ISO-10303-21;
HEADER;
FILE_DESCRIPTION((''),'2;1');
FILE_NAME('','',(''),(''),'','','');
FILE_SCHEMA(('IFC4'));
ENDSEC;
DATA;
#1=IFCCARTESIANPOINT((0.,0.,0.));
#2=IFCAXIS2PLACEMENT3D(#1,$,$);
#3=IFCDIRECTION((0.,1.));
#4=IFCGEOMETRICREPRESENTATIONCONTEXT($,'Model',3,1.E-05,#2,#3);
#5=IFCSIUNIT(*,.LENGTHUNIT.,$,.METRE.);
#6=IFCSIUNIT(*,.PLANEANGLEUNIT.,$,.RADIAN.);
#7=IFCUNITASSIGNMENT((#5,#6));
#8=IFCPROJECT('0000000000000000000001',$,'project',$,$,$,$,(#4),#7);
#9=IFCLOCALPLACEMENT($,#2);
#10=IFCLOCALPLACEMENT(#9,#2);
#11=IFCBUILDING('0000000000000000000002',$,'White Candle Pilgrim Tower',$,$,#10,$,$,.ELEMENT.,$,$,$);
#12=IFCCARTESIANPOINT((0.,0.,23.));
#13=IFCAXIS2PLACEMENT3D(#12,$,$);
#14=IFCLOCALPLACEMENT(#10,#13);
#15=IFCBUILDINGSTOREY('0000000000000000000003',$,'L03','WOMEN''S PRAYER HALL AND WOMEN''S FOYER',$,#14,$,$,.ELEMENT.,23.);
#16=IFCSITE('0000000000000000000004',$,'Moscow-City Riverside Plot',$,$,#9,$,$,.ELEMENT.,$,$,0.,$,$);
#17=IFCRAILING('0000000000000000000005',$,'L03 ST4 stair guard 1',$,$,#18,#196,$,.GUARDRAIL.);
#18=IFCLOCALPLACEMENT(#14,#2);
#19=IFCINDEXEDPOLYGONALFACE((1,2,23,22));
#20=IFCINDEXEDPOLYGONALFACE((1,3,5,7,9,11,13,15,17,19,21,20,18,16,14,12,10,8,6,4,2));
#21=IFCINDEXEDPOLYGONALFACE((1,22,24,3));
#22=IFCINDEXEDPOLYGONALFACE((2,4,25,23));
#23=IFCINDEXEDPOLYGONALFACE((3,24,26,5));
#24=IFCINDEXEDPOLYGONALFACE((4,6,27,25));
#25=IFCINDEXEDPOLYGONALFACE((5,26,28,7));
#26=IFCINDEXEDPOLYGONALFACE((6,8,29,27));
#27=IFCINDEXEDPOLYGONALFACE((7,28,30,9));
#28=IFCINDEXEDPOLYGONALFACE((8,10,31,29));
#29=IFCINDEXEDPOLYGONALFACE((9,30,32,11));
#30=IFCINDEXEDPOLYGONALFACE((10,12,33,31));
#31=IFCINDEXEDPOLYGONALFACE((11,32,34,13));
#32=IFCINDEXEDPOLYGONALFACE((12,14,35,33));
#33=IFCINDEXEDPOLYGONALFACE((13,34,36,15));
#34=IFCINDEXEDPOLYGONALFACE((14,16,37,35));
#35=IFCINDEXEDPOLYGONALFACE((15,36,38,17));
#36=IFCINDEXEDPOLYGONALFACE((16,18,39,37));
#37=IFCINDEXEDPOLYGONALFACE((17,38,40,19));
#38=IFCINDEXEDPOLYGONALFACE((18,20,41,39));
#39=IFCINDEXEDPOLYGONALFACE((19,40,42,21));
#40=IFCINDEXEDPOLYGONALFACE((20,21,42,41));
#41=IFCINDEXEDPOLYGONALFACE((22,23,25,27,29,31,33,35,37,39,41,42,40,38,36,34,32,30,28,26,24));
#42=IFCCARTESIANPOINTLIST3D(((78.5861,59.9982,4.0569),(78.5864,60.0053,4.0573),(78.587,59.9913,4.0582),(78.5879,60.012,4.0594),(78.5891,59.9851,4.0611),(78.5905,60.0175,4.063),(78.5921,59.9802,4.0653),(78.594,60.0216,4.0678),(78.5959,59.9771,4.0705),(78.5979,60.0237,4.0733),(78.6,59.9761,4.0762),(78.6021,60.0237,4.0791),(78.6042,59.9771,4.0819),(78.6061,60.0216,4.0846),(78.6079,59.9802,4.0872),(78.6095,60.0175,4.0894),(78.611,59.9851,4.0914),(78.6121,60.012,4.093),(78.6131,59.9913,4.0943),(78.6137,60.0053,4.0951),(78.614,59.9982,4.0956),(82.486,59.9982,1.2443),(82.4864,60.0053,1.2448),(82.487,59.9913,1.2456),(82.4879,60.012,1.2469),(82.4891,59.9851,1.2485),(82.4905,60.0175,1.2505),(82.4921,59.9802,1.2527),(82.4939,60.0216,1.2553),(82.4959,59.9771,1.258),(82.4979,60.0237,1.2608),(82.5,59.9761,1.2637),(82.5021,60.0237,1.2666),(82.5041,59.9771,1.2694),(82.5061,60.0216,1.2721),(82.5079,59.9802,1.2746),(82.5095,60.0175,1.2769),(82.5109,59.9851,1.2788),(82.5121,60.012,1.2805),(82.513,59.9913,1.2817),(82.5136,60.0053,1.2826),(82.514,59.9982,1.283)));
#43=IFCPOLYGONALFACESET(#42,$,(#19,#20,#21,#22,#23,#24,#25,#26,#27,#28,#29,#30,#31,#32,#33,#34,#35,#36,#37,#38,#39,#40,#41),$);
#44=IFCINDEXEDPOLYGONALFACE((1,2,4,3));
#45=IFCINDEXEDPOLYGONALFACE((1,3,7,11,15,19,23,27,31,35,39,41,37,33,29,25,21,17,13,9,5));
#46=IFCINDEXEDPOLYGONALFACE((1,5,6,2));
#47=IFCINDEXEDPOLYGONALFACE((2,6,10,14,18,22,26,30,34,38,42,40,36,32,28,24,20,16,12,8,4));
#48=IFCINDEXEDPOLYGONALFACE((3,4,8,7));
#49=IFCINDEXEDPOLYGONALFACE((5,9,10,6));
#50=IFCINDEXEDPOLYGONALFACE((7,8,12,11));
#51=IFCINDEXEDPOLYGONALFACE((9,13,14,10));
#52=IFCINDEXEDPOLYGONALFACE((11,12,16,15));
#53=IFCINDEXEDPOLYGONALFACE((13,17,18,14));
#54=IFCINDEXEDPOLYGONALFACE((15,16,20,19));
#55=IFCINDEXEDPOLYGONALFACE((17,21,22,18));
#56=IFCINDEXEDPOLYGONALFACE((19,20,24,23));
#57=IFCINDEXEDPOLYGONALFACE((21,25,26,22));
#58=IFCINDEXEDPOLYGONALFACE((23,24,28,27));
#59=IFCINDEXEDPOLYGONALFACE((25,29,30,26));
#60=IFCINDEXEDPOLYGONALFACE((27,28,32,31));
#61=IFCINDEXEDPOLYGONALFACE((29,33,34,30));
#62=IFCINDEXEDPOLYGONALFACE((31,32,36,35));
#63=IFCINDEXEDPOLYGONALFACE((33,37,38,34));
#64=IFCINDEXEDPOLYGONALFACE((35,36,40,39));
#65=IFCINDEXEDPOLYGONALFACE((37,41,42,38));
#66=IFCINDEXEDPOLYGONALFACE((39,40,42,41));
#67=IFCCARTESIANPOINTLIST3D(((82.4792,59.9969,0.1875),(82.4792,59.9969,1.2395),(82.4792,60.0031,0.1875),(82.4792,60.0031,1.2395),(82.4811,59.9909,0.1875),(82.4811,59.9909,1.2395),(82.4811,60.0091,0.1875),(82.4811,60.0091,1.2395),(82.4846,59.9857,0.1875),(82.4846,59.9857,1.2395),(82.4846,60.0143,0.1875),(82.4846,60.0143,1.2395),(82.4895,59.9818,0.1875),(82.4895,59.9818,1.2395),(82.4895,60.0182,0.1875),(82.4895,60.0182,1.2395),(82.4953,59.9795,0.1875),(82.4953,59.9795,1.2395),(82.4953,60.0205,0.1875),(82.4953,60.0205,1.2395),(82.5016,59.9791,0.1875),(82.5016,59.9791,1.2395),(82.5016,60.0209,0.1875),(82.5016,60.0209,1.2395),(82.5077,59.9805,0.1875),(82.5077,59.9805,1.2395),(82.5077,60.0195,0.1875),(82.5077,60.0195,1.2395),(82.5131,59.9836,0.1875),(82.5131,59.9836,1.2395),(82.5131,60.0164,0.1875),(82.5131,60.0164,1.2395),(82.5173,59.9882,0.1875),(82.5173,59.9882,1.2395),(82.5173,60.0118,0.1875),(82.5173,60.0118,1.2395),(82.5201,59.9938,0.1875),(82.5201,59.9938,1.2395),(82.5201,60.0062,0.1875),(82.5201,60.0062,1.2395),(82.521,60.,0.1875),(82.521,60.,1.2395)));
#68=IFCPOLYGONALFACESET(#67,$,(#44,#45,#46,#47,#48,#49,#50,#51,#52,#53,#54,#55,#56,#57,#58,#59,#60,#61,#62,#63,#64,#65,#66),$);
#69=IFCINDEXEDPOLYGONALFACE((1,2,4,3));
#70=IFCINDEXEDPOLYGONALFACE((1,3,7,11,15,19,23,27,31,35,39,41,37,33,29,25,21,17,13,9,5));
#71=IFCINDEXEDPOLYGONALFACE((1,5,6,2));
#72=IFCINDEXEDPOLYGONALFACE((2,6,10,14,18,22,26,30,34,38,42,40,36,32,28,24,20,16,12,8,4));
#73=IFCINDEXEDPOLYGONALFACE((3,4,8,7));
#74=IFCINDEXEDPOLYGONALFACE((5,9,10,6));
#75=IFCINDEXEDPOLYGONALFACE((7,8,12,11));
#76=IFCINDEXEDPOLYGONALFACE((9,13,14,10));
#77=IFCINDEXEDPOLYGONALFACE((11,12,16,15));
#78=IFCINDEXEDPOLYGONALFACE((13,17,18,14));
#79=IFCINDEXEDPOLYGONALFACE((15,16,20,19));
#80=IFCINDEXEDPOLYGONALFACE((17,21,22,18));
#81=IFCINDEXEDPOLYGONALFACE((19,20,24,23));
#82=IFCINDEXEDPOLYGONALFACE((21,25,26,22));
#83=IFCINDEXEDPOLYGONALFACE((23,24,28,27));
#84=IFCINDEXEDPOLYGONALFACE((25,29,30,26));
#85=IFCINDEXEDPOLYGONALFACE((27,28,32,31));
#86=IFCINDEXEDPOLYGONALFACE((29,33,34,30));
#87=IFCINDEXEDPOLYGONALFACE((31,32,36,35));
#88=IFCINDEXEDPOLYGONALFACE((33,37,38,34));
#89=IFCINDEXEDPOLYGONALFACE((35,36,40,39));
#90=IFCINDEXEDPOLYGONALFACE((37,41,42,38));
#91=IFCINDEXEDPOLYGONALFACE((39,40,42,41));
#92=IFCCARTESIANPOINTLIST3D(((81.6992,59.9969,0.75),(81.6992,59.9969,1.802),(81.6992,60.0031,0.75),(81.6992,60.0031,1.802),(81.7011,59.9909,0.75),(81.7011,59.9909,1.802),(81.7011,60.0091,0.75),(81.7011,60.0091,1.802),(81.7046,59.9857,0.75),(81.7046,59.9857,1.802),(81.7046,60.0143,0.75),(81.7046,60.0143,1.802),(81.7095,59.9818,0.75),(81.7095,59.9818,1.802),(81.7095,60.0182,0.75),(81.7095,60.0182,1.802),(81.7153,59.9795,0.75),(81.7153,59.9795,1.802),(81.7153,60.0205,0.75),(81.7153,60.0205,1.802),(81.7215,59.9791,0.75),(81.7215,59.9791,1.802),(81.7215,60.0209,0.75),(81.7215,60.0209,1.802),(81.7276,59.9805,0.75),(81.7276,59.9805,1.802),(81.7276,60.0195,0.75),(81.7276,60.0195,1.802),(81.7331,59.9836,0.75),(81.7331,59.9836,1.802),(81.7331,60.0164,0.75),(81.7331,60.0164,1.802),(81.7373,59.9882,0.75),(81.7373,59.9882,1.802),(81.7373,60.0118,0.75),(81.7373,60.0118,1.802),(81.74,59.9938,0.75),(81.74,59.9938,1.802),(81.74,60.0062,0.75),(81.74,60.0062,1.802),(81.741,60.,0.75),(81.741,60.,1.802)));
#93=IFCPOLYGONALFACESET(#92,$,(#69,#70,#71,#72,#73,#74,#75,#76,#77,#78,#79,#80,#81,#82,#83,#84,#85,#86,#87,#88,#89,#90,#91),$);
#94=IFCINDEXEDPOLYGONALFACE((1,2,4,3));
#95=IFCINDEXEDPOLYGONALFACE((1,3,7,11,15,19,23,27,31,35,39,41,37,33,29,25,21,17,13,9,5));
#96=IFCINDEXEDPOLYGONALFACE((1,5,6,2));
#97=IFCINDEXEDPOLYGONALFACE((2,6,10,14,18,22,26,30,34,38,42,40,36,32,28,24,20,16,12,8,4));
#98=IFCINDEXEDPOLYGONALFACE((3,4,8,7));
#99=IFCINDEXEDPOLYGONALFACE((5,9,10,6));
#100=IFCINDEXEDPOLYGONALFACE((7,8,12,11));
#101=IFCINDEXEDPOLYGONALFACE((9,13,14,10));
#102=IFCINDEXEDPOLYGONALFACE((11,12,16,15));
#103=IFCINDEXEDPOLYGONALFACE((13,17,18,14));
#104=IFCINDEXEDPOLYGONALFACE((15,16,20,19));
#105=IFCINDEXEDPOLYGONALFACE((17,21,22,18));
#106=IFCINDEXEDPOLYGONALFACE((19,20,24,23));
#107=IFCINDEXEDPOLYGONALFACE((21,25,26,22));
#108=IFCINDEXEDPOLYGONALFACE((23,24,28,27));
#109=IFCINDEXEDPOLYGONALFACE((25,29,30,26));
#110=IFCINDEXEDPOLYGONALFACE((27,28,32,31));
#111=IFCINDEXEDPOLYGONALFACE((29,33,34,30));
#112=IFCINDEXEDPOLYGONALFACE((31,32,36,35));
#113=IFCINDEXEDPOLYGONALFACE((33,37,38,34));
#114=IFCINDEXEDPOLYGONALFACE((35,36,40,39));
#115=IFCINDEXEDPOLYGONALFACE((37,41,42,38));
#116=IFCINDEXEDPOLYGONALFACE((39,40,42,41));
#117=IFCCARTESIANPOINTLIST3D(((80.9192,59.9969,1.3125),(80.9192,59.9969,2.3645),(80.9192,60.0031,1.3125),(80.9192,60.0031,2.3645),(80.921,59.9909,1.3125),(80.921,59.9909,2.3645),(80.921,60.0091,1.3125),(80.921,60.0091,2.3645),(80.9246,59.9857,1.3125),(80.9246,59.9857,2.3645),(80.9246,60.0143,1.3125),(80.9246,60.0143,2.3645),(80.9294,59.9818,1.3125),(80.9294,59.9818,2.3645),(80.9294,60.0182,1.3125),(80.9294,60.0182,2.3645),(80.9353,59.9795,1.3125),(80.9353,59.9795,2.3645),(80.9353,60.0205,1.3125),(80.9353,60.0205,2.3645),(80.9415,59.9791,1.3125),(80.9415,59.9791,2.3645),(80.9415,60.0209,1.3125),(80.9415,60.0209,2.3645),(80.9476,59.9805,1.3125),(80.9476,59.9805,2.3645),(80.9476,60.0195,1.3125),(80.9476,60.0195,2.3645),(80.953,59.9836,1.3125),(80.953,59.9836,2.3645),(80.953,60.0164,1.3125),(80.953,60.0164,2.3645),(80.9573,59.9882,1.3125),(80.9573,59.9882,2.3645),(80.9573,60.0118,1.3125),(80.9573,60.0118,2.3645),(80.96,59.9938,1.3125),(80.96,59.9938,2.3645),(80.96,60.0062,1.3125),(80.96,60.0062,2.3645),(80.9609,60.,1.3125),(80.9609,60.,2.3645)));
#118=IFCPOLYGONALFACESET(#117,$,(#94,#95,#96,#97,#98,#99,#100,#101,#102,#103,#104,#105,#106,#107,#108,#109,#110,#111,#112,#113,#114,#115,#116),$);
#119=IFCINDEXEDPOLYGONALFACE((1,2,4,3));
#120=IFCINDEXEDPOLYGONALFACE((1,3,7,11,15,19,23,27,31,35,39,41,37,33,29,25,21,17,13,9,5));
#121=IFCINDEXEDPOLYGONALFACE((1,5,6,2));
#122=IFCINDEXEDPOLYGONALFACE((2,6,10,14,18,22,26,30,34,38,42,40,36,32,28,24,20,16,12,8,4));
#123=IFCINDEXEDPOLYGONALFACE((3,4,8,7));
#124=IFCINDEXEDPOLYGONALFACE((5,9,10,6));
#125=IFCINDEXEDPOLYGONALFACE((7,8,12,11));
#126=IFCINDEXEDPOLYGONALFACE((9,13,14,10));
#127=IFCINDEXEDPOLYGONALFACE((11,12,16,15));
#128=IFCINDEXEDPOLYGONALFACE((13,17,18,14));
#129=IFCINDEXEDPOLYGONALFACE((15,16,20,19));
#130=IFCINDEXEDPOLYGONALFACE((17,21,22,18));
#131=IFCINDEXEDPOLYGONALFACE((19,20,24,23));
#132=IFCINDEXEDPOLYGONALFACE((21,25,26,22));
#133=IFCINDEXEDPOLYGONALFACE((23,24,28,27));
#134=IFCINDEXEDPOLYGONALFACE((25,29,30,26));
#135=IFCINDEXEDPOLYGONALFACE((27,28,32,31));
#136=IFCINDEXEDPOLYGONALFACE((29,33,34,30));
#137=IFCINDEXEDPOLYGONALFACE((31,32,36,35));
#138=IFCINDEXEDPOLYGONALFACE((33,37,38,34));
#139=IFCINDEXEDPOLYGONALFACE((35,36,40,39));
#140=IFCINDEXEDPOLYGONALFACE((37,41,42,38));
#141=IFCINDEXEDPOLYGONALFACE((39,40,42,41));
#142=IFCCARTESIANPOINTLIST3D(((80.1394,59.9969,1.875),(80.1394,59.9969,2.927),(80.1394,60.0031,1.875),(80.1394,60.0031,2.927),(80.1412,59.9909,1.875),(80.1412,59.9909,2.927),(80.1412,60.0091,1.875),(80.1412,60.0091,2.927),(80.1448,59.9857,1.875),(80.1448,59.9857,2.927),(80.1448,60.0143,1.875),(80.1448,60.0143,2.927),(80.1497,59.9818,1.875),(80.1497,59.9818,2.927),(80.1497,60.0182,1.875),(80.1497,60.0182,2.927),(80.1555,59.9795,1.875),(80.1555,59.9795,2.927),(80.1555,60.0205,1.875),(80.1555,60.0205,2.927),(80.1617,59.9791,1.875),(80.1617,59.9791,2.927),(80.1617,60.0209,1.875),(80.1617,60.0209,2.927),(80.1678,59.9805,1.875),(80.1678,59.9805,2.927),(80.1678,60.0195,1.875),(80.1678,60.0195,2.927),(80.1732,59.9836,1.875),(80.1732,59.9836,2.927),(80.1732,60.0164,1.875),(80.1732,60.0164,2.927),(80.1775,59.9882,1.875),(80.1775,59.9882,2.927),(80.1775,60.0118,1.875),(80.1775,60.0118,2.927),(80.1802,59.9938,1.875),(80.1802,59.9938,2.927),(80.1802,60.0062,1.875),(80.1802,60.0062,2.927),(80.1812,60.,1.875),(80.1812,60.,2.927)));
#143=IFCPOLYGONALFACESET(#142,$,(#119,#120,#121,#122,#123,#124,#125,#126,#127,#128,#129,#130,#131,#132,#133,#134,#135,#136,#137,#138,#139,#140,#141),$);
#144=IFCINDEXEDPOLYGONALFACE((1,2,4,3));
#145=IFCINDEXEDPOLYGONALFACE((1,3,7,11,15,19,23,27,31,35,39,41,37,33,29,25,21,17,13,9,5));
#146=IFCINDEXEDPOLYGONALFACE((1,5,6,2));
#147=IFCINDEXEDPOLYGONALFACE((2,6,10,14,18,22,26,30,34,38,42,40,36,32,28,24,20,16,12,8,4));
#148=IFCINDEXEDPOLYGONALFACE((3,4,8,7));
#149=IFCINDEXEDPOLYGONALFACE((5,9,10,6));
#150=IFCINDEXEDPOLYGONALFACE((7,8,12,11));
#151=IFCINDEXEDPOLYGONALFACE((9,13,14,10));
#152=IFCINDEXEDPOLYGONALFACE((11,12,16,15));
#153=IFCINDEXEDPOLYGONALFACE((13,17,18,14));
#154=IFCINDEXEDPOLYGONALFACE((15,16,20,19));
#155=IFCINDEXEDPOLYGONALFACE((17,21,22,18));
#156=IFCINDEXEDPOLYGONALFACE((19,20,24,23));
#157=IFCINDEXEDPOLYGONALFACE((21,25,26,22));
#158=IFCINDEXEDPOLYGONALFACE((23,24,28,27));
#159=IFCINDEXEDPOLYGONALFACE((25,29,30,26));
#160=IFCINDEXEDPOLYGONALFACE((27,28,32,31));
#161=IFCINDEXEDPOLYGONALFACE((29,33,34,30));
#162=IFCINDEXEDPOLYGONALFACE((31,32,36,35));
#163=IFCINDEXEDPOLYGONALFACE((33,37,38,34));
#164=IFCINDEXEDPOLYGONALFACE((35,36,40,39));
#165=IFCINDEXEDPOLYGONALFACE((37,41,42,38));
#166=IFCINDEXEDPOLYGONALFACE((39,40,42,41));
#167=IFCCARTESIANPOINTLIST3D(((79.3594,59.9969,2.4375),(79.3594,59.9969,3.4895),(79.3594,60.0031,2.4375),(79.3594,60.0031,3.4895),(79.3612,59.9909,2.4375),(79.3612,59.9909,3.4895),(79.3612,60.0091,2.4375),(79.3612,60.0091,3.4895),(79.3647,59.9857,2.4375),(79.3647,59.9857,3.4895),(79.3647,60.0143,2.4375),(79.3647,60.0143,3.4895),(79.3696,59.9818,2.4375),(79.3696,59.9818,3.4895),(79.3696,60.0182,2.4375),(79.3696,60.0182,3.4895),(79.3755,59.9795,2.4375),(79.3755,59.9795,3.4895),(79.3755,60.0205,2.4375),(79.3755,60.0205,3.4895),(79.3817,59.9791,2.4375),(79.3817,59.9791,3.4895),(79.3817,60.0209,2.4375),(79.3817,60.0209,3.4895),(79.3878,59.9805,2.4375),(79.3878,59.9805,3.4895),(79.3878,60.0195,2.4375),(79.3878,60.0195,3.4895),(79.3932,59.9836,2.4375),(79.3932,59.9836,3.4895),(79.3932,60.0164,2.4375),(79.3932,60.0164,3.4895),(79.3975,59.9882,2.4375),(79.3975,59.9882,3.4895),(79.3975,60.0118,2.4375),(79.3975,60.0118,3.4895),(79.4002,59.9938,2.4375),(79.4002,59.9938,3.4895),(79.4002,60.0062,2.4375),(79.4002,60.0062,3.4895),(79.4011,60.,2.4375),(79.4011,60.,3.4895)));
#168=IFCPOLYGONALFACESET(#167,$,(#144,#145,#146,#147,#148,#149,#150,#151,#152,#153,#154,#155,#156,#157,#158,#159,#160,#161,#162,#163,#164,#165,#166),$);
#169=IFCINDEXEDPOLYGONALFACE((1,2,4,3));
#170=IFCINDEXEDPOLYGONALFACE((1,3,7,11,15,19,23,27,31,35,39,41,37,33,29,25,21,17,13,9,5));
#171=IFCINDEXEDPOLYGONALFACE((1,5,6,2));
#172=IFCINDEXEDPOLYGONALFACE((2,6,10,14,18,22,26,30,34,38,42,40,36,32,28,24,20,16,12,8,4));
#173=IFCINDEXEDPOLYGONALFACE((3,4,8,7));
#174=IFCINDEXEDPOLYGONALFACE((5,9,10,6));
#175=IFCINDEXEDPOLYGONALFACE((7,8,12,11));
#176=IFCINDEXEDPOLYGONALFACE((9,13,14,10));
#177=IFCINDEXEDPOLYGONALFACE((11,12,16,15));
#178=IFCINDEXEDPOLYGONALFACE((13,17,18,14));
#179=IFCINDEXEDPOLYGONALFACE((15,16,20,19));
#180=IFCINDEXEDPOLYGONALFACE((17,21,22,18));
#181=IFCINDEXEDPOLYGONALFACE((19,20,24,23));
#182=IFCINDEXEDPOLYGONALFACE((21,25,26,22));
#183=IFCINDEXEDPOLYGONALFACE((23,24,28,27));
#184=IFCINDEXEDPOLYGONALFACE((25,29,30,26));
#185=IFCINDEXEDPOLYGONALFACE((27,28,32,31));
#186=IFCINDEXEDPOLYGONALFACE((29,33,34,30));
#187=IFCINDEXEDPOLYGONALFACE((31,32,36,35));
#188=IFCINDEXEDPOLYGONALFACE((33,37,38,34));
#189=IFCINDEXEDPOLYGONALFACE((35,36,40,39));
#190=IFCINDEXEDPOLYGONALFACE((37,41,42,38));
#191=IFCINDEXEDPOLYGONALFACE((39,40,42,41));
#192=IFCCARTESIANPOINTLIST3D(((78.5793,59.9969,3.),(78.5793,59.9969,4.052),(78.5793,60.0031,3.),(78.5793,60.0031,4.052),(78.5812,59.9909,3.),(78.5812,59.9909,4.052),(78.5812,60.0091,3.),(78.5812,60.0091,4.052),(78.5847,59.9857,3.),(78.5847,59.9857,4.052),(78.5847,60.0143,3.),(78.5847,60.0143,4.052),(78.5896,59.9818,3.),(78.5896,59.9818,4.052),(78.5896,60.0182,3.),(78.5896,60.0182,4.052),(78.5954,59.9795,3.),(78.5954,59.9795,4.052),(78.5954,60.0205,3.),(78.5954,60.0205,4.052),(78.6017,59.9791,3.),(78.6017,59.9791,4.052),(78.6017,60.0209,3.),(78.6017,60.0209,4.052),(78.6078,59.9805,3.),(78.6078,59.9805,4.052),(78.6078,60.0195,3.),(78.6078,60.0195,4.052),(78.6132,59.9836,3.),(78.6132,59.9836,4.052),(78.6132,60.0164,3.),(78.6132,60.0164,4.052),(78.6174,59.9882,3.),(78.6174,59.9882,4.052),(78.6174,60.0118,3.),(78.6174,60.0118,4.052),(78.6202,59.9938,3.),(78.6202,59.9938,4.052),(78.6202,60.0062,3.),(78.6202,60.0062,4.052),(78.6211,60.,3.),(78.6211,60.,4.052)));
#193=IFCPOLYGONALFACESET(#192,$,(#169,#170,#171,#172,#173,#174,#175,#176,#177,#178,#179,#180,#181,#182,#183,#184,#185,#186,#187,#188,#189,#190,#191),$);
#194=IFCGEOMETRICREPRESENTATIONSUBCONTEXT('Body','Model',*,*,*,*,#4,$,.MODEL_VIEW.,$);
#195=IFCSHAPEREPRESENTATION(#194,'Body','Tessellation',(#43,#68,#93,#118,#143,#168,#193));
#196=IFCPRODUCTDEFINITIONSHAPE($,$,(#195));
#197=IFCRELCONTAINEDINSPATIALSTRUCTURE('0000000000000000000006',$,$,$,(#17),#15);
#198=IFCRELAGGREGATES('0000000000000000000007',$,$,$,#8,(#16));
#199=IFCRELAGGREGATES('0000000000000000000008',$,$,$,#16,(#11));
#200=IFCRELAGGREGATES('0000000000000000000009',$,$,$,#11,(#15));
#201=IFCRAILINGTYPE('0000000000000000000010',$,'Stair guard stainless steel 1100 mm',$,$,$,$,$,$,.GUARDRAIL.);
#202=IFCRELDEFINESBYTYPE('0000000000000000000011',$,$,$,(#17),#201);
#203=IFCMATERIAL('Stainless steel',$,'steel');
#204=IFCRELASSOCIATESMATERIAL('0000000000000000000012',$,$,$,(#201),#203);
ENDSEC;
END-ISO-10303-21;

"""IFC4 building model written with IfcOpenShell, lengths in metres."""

from ifc_helpers import new_model, si_unit, direction, frame, origin, origin_2d, place, context, subcontext, project, spatial, circle, extrude, material, type_object, element, save


model = new_model("IFC4")

# Units and contexts
model_context = context("Model", 3, precision=1e-05, world=origin(), true_north=direction((0.0, 1.0)))
body_context = subcontext(model_context, "Body", "Model", "MODEL_VIEW")
ifc_project = project(units=[si_unit("LENGTHUNIT", "METRE"), si_unit("PLANEANGLEUNIT", "RADIAN")], contexts=[model_context])

# Site, building, storey
site_placement = place(None, origin())
site = spatial("IfcSite", under=ifc_project, at=site_placement, Name="Moscow-City Riverside Plot", CompositionType="ELEMENT", RefElevation=0.0)
building_placement = place(site_placement, origin())
building = spatial("IfcBuilding", under=site, at=building_placement, Name="White Candle Pilgrim Tower", CompositionType="ELEMENT")
storey_placement = place(building_placement, frame((0.0, 0.0, 23.0)))
storey = spatial("IfcBuildingStorey", under=building, at=storey_placement, Name="L03", Description="WOMEN'S PRAYER HALL AND WOMEN'S FOYER", CompositionType="ELEMENT", Elevation=23.0)

# Railing
ifc_material_1 = material(Name="Stainless steel", Category="steel")
railing_type_1 = type_object("IfcRailingType", Name="Stair guard stainless steel 1100 mm", PredefinedType="GUARDRAIL", material=ifc_material_1)
railing_1_placement = place(storey_placement, frame((82.5, 60.0, 0.1875)))
element("IfcRailing", 1, at=railing_1_placement, inside=storey, type_object=railing_type_1, Name="L03 ST4 stair guard 1", PredefinedType="GUARDRAIL", context=body_context, shape_type="SweptSolid", body=[
    extrude(circle(Radius=0.0239, at=origin_2d()), frame((0.0, 0.0, 1.0762), z_axis=(-0.811083, 0.0, 0.584931), x_axis=(0.0, -1.0, 0.0)), (0.0, 0.0, 1.0), 4.8083),
    extrude(circle(Radius=0.021, at=origin_2d()), origin(), (0.0, 0.0, 1.0), 1.052),
    extrude(circle(Radius=0.021, at=origin_2d()), frame((-0.78, 0.0, 0.5625)), (0.0, 0.0, 1.0), 1.052),
    extrude(circle(Radius=0.021, at=origin_2d()), frame((-1.5601, 0.0, 1.125)), (0.0, 0.0, 1.0), 1.052),
    extrude(circle(Radius=0.021, at=origin_2d()), frame((-2.3398, 0.0, 1.6875)), (0.0, 0.0, 1.0), 1.052),
    extrude(circle(Radius=0.021, at=origin_2d()), frame((-3.1199, 0.0, 2.25)), (0.0, 0.0, 1.0), 1.052),
    extrude(circle(Radius=0.021, at=origin_2d()), frame((-3.8999, 0.0, 2.8125)), (0.0, 0.0, 1.0), 1.052),
])

save(model, "model.ifc")
